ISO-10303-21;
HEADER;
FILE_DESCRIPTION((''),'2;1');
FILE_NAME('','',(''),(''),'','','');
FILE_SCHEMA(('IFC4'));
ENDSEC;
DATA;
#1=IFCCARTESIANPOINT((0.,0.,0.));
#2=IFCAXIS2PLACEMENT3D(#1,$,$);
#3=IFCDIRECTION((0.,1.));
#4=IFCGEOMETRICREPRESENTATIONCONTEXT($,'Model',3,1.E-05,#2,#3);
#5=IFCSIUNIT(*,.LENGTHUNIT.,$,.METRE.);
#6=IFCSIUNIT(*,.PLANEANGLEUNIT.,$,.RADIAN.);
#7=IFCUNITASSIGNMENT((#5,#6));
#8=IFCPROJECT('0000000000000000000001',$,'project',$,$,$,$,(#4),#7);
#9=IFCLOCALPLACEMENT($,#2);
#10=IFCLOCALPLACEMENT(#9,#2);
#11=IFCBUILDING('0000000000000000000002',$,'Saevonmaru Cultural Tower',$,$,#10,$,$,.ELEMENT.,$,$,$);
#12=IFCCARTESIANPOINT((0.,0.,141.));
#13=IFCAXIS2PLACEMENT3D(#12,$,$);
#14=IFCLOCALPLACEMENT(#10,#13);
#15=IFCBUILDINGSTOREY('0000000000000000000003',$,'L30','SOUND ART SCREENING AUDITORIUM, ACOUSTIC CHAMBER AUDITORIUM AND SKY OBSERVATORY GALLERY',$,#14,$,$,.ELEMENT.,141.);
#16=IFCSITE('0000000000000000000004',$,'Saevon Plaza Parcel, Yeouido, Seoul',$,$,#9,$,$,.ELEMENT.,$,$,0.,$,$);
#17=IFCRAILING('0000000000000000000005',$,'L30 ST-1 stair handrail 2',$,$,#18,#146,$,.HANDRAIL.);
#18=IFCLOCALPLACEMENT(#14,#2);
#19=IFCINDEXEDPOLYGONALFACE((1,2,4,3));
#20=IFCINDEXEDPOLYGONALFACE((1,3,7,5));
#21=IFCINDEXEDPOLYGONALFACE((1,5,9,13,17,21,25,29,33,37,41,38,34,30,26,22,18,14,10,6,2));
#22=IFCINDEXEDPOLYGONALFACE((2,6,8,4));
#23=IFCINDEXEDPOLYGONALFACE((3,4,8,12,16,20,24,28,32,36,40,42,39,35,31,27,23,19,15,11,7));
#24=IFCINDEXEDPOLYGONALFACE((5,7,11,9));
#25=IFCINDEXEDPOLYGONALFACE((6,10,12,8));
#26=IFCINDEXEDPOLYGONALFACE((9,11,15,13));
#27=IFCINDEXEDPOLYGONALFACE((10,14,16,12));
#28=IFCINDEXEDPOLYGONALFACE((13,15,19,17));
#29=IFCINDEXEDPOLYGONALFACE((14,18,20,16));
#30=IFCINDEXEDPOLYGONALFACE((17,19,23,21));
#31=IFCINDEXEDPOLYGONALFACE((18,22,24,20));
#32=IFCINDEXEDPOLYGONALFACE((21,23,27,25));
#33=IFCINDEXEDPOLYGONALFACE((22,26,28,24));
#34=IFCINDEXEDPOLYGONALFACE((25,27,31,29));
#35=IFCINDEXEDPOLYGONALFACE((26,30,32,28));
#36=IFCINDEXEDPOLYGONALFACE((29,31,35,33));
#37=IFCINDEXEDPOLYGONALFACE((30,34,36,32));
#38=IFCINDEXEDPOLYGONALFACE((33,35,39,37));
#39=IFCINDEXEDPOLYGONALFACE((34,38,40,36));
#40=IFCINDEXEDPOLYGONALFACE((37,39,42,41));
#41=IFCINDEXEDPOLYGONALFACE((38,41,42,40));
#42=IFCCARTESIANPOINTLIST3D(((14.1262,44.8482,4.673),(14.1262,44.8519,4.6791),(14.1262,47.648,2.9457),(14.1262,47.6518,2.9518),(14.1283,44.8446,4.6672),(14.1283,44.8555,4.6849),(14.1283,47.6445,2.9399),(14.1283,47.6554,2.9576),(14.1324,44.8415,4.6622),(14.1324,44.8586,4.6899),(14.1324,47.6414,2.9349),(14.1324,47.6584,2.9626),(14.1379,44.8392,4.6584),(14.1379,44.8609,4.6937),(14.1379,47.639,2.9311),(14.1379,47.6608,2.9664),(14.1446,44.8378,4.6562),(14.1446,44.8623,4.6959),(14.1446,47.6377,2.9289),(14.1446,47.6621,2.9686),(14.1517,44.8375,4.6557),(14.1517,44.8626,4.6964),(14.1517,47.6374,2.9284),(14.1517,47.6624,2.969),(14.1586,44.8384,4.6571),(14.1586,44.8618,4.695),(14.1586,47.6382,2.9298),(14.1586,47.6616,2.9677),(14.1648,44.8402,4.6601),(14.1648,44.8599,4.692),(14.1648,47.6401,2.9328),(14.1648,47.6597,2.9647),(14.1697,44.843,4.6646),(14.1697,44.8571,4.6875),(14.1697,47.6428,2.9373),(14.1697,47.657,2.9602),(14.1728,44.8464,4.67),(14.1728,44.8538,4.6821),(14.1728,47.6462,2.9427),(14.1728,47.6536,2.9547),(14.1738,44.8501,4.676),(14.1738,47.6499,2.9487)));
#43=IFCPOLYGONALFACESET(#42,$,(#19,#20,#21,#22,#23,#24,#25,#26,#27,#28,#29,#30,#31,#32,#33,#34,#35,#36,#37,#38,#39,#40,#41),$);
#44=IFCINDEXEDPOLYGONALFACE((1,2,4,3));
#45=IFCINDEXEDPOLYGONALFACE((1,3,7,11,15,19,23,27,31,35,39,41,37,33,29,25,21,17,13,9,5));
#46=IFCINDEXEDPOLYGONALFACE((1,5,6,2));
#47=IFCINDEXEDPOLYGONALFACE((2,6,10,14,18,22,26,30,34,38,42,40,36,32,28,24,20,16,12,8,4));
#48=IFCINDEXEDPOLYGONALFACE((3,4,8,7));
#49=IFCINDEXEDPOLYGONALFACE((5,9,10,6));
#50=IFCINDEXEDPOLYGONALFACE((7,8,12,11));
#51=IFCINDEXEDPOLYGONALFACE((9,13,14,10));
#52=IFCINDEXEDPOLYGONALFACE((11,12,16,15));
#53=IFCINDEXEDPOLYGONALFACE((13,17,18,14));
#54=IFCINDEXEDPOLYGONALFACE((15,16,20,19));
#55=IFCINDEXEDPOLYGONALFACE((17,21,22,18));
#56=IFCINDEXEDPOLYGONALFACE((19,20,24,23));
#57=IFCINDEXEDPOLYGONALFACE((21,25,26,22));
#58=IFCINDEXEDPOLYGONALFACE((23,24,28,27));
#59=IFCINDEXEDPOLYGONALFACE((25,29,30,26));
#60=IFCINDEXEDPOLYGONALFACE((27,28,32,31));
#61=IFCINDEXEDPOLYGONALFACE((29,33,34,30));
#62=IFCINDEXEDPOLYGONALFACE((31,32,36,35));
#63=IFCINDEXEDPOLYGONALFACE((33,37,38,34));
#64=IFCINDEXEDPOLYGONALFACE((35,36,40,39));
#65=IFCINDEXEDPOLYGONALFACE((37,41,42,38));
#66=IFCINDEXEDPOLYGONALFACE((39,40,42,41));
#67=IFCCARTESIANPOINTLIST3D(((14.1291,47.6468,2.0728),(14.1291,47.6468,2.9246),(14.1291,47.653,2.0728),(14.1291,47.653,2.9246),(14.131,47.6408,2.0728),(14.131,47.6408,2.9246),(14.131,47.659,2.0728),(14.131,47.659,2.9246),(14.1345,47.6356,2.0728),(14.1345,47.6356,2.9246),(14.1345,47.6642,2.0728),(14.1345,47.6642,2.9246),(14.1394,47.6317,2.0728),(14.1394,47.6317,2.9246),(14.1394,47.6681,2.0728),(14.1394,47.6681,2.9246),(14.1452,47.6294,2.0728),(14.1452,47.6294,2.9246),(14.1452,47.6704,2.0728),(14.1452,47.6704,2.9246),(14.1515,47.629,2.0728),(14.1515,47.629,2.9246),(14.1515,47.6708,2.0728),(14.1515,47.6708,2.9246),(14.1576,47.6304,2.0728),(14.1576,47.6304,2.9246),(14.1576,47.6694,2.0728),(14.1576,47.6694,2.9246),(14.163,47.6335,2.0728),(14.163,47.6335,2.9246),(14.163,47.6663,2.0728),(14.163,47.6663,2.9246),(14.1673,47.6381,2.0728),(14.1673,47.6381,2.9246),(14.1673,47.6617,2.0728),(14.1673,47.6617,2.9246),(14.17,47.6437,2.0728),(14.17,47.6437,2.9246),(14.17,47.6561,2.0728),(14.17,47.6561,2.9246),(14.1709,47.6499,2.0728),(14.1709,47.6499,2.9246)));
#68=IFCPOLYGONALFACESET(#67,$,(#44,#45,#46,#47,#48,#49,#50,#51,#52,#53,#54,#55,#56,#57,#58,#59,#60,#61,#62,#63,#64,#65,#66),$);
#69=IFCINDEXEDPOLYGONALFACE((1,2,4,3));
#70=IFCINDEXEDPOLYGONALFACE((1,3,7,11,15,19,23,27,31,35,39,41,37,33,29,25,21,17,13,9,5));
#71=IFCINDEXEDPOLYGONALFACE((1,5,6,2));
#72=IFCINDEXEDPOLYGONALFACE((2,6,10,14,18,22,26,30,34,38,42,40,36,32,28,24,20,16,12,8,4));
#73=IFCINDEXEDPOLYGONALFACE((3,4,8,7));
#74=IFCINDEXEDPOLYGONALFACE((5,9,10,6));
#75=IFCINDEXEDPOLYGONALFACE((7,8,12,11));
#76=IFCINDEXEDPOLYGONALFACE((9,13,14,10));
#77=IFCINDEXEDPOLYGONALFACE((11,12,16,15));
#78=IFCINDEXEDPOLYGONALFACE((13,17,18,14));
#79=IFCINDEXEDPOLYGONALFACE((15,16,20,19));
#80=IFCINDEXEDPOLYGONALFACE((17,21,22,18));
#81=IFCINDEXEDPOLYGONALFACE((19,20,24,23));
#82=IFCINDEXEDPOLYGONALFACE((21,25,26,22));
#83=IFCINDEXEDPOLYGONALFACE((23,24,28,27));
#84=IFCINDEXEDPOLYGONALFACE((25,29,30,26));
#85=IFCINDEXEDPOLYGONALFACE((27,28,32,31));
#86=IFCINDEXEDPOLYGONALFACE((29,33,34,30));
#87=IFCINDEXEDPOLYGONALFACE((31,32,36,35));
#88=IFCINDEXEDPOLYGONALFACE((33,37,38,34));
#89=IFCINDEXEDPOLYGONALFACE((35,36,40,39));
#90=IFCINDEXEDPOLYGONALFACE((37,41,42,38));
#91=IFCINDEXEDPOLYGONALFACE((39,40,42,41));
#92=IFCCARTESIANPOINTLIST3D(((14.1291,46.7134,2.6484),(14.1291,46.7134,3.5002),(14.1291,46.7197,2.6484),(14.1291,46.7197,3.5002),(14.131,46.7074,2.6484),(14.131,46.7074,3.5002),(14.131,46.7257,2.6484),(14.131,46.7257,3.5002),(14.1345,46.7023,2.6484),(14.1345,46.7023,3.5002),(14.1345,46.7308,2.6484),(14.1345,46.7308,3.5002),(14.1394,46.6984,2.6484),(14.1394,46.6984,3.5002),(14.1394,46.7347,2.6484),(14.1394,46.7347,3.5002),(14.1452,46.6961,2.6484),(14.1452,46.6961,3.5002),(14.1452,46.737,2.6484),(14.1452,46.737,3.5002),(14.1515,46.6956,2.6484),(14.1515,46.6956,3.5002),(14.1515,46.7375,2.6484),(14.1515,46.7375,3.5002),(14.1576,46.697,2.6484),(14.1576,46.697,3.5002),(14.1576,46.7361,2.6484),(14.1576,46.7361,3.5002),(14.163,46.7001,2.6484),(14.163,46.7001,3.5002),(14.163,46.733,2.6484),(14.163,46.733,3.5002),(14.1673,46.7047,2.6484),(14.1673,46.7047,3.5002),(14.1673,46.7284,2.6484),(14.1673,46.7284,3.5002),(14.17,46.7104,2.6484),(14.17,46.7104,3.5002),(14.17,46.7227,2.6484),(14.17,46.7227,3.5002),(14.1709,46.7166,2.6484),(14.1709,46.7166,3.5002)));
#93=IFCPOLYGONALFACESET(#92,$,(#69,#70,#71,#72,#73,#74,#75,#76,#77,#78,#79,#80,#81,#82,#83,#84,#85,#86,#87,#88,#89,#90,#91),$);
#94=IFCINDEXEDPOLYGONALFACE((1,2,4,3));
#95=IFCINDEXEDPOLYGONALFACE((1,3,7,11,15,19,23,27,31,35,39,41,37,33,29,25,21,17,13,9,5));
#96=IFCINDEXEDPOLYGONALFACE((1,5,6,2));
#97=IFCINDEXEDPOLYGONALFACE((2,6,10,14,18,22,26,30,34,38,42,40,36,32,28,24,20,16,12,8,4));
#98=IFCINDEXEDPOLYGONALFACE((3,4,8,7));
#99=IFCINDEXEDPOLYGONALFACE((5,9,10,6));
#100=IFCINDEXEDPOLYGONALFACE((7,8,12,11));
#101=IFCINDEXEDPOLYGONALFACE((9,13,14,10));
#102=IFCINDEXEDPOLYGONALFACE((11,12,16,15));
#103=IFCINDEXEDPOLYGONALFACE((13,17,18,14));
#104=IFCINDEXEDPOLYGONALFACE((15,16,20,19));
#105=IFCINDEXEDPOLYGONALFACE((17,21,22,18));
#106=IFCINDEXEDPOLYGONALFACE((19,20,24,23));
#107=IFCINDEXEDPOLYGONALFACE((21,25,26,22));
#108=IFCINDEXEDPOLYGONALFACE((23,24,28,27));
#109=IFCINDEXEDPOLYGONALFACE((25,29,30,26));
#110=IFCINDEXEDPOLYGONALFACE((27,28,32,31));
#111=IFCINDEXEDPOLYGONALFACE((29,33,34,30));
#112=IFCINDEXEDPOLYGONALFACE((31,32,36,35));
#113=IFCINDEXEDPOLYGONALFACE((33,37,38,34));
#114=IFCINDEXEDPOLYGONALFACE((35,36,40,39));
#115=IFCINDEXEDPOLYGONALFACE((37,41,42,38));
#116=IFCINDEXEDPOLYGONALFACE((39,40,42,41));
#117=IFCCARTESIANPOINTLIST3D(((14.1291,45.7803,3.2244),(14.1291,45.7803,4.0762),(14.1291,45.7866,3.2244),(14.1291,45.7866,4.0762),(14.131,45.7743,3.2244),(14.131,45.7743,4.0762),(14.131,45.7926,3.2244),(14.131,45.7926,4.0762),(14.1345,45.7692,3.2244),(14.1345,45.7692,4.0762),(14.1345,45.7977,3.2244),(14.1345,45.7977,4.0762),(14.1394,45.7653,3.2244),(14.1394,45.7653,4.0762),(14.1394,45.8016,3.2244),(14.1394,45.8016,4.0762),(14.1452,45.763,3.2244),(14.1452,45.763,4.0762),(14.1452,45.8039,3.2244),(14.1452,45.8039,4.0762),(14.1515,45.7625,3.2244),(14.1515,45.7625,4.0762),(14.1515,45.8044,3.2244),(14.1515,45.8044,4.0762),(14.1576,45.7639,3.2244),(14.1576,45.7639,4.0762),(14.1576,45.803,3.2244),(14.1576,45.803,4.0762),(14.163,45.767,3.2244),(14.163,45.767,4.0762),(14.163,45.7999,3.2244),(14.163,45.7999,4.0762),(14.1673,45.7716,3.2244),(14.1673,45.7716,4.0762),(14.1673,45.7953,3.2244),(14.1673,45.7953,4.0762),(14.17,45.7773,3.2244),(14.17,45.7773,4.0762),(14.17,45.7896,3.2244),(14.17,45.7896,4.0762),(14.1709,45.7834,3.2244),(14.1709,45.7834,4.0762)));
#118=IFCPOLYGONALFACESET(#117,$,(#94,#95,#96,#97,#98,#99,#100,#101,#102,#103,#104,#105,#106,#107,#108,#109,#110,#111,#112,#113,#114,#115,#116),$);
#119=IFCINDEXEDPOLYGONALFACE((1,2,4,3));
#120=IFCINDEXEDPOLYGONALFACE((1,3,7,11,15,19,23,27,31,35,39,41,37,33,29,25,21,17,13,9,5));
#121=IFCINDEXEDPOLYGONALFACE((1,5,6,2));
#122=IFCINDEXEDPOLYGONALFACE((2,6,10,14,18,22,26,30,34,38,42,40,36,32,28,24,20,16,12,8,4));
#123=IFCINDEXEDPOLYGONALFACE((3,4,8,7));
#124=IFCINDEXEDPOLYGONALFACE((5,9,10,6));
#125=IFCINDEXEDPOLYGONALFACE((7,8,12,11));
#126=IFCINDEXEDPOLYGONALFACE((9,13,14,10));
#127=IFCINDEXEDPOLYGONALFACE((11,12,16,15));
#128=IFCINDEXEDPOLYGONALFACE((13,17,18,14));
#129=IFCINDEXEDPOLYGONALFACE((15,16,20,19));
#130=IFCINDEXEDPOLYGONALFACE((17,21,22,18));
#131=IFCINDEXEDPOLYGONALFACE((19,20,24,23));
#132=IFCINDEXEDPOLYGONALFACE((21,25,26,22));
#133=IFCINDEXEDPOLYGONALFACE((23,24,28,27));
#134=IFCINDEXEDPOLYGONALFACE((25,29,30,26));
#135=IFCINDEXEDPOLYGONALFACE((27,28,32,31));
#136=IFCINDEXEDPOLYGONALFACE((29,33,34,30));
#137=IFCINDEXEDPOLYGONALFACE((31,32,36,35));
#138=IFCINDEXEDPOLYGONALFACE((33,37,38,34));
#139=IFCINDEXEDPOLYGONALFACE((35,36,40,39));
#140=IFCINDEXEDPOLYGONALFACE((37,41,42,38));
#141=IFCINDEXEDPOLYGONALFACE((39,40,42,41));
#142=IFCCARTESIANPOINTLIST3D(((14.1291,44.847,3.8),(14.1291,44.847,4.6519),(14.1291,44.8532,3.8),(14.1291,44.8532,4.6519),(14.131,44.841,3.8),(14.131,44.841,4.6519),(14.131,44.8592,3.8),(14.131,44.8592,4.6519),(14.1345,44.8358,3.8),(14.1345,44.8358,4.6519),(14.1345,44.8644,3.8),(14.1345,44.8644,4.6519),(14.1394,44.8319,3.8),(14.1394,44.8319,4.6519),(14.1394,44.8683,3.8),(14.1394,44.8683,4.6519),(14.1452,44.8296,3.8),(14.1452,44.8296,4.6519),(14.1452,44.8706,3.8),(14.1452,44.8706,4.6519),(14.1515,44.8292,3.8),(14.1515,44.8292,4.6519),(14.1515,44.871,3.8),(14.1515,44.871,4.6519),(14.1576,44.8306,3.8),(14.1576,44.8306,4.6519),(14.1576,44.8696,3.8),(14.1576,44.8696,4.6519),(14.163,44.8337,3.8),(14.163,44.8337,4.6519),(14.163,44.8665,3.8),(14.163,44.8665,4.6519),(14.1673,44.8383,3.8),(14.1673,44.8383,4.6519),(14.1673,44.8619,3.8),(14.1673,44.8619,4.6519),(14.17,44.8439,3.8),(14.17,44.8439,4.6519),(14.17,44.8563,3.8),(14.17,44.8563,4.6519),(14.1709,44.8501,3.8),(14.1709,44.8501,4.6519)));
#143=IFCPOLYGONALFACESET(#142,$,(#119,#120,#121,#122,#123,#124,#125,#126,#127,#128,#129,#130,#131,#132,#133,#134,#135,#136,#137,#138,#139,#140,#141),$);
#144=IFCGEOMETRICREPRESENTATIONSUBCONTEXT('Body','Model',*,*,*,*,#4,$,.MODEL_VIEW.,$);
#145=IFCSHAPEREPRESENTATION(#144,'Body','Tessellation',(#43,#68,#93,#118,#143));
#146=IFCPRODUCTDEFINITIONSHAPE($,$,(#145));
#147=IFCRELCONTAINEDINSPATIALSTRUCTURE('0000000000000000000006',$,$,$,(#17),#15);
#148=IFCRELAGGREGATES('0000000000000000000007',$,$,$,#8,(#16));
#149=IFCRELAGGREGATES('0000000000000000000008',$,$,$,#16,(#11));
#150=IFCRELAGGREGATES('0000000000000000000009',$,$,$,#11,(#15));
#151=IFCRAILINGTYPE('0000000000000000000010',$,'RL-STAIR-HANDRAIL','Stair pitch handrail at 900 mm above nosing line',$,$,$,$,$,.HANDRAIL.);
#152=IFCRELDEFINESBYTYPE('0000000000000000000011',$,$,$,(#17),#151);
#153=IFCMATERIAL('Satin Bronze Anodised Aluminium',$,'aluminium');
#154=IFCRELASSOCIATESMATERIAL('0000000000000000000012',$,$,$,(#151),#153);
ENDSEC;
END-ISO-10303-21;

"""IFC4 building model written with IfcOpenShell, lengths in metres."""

from ifc_helpers import new_model, si_unit, direction, frame, origin, origin_2d, place, context, subcontext, project, spatial, circle, extrude, material, type_object, element, save


model = new_model("IFC4")

# Units and contexts
model_context = context("Model", 3, precision=1e-05, world=origin(), true_north=direction((0.0, 1.0)))
body_context = subcontext(model_context, "Body", "Model", "MODEL_VIEW")
ifc_project = project(units=[si_unit("LENGTHUNIT", "METRE"), si_unit("PLANEANGLEUNIT", "RADIAN")], contexts=[model_context])

# Site, building, storey
site_placement = place(None, origin())
site = spatial("IfcSite", under=ifc_project, at=site_placement, Name="Saevon Plaza Parcel, Yeouido, Seoul", CompositionType="ELEMENT", RefElevation=0.0)
building_placement = place(site_placement, origin())
building = spatial("IfcBuilding", under=site, at=building_placement, Name="Saevonmaru Cultural Tower", CompositionType="ELEMENT")
storey_placement = place(building_placement, frame((0.0, 0.0, 141.0)))
storey = spatial("IfcBuildingStorey", under=building, at=storey_placement, Name="L30", Description="SOUND ART SCREENING AUDITORIUM, ACOUSTIC CHAMBER AUDITORIUM AND SKY OBSERVATORY GALLERY", CompositionType="ELEMENT", Elevation=141.0)

# Shared definitions
ifc_material_1 = material(Name="Satin Bronze Anodised Aluminium", Category="aluminium")

# Railing
railing_type_1 = type_object("IfcRailingType", Name="RL-STAIR-HANDRAIL", Description="Stair pitch handrail at 900 mm above nosing line", PredefinedType="HANDRAIL", material=ifc_material_1)
railing_1_placement = place(storey_placement, frame((14.1499, 47.6499, 2.0728)))
element("IfcRailing", 1, at=railing_1_placement, inside=storey, type_object=railing_type_1, Name="L30 ST-1 stair handrail 2", PredefinedType="HANDRAIL", context=body_context, shape_type="SweptSolid", body=[
    extrude(circle(Radius=0.0239, at=origin_2d()), frame((0.0, 0.0, 0.876), z_axis=(0.0, -0.851069, 0.525054), x_axis=(1.0, 0.0, 0.0)), (0.0, 0.0, 1.0), 3.2898),
    extrude(circle(Radius=0.021, at=origin_2d()), origin(), (0.0, 0.0, 1.0), 0.8518),
    extrude(circle(Radius=0.021, at=origin_2d()), frame((0.0, -0.9333, 0.5757)), (0.0, 0.0, 1.0), 0.8518),
    extrude(circle(Radius=0.021, at=origin_2d()), frame((0.0, -1.8665, 1.1516)), (0.0, 0.0, 1.0), 0.8518),
    extrude(circle(Radius=0.021, at=origin_2d()), frame((0.0, -2.7998, 1.7273)), (0.0, 0.0, 1.0), 0.8518),
])

save(model, "model.ifc")
